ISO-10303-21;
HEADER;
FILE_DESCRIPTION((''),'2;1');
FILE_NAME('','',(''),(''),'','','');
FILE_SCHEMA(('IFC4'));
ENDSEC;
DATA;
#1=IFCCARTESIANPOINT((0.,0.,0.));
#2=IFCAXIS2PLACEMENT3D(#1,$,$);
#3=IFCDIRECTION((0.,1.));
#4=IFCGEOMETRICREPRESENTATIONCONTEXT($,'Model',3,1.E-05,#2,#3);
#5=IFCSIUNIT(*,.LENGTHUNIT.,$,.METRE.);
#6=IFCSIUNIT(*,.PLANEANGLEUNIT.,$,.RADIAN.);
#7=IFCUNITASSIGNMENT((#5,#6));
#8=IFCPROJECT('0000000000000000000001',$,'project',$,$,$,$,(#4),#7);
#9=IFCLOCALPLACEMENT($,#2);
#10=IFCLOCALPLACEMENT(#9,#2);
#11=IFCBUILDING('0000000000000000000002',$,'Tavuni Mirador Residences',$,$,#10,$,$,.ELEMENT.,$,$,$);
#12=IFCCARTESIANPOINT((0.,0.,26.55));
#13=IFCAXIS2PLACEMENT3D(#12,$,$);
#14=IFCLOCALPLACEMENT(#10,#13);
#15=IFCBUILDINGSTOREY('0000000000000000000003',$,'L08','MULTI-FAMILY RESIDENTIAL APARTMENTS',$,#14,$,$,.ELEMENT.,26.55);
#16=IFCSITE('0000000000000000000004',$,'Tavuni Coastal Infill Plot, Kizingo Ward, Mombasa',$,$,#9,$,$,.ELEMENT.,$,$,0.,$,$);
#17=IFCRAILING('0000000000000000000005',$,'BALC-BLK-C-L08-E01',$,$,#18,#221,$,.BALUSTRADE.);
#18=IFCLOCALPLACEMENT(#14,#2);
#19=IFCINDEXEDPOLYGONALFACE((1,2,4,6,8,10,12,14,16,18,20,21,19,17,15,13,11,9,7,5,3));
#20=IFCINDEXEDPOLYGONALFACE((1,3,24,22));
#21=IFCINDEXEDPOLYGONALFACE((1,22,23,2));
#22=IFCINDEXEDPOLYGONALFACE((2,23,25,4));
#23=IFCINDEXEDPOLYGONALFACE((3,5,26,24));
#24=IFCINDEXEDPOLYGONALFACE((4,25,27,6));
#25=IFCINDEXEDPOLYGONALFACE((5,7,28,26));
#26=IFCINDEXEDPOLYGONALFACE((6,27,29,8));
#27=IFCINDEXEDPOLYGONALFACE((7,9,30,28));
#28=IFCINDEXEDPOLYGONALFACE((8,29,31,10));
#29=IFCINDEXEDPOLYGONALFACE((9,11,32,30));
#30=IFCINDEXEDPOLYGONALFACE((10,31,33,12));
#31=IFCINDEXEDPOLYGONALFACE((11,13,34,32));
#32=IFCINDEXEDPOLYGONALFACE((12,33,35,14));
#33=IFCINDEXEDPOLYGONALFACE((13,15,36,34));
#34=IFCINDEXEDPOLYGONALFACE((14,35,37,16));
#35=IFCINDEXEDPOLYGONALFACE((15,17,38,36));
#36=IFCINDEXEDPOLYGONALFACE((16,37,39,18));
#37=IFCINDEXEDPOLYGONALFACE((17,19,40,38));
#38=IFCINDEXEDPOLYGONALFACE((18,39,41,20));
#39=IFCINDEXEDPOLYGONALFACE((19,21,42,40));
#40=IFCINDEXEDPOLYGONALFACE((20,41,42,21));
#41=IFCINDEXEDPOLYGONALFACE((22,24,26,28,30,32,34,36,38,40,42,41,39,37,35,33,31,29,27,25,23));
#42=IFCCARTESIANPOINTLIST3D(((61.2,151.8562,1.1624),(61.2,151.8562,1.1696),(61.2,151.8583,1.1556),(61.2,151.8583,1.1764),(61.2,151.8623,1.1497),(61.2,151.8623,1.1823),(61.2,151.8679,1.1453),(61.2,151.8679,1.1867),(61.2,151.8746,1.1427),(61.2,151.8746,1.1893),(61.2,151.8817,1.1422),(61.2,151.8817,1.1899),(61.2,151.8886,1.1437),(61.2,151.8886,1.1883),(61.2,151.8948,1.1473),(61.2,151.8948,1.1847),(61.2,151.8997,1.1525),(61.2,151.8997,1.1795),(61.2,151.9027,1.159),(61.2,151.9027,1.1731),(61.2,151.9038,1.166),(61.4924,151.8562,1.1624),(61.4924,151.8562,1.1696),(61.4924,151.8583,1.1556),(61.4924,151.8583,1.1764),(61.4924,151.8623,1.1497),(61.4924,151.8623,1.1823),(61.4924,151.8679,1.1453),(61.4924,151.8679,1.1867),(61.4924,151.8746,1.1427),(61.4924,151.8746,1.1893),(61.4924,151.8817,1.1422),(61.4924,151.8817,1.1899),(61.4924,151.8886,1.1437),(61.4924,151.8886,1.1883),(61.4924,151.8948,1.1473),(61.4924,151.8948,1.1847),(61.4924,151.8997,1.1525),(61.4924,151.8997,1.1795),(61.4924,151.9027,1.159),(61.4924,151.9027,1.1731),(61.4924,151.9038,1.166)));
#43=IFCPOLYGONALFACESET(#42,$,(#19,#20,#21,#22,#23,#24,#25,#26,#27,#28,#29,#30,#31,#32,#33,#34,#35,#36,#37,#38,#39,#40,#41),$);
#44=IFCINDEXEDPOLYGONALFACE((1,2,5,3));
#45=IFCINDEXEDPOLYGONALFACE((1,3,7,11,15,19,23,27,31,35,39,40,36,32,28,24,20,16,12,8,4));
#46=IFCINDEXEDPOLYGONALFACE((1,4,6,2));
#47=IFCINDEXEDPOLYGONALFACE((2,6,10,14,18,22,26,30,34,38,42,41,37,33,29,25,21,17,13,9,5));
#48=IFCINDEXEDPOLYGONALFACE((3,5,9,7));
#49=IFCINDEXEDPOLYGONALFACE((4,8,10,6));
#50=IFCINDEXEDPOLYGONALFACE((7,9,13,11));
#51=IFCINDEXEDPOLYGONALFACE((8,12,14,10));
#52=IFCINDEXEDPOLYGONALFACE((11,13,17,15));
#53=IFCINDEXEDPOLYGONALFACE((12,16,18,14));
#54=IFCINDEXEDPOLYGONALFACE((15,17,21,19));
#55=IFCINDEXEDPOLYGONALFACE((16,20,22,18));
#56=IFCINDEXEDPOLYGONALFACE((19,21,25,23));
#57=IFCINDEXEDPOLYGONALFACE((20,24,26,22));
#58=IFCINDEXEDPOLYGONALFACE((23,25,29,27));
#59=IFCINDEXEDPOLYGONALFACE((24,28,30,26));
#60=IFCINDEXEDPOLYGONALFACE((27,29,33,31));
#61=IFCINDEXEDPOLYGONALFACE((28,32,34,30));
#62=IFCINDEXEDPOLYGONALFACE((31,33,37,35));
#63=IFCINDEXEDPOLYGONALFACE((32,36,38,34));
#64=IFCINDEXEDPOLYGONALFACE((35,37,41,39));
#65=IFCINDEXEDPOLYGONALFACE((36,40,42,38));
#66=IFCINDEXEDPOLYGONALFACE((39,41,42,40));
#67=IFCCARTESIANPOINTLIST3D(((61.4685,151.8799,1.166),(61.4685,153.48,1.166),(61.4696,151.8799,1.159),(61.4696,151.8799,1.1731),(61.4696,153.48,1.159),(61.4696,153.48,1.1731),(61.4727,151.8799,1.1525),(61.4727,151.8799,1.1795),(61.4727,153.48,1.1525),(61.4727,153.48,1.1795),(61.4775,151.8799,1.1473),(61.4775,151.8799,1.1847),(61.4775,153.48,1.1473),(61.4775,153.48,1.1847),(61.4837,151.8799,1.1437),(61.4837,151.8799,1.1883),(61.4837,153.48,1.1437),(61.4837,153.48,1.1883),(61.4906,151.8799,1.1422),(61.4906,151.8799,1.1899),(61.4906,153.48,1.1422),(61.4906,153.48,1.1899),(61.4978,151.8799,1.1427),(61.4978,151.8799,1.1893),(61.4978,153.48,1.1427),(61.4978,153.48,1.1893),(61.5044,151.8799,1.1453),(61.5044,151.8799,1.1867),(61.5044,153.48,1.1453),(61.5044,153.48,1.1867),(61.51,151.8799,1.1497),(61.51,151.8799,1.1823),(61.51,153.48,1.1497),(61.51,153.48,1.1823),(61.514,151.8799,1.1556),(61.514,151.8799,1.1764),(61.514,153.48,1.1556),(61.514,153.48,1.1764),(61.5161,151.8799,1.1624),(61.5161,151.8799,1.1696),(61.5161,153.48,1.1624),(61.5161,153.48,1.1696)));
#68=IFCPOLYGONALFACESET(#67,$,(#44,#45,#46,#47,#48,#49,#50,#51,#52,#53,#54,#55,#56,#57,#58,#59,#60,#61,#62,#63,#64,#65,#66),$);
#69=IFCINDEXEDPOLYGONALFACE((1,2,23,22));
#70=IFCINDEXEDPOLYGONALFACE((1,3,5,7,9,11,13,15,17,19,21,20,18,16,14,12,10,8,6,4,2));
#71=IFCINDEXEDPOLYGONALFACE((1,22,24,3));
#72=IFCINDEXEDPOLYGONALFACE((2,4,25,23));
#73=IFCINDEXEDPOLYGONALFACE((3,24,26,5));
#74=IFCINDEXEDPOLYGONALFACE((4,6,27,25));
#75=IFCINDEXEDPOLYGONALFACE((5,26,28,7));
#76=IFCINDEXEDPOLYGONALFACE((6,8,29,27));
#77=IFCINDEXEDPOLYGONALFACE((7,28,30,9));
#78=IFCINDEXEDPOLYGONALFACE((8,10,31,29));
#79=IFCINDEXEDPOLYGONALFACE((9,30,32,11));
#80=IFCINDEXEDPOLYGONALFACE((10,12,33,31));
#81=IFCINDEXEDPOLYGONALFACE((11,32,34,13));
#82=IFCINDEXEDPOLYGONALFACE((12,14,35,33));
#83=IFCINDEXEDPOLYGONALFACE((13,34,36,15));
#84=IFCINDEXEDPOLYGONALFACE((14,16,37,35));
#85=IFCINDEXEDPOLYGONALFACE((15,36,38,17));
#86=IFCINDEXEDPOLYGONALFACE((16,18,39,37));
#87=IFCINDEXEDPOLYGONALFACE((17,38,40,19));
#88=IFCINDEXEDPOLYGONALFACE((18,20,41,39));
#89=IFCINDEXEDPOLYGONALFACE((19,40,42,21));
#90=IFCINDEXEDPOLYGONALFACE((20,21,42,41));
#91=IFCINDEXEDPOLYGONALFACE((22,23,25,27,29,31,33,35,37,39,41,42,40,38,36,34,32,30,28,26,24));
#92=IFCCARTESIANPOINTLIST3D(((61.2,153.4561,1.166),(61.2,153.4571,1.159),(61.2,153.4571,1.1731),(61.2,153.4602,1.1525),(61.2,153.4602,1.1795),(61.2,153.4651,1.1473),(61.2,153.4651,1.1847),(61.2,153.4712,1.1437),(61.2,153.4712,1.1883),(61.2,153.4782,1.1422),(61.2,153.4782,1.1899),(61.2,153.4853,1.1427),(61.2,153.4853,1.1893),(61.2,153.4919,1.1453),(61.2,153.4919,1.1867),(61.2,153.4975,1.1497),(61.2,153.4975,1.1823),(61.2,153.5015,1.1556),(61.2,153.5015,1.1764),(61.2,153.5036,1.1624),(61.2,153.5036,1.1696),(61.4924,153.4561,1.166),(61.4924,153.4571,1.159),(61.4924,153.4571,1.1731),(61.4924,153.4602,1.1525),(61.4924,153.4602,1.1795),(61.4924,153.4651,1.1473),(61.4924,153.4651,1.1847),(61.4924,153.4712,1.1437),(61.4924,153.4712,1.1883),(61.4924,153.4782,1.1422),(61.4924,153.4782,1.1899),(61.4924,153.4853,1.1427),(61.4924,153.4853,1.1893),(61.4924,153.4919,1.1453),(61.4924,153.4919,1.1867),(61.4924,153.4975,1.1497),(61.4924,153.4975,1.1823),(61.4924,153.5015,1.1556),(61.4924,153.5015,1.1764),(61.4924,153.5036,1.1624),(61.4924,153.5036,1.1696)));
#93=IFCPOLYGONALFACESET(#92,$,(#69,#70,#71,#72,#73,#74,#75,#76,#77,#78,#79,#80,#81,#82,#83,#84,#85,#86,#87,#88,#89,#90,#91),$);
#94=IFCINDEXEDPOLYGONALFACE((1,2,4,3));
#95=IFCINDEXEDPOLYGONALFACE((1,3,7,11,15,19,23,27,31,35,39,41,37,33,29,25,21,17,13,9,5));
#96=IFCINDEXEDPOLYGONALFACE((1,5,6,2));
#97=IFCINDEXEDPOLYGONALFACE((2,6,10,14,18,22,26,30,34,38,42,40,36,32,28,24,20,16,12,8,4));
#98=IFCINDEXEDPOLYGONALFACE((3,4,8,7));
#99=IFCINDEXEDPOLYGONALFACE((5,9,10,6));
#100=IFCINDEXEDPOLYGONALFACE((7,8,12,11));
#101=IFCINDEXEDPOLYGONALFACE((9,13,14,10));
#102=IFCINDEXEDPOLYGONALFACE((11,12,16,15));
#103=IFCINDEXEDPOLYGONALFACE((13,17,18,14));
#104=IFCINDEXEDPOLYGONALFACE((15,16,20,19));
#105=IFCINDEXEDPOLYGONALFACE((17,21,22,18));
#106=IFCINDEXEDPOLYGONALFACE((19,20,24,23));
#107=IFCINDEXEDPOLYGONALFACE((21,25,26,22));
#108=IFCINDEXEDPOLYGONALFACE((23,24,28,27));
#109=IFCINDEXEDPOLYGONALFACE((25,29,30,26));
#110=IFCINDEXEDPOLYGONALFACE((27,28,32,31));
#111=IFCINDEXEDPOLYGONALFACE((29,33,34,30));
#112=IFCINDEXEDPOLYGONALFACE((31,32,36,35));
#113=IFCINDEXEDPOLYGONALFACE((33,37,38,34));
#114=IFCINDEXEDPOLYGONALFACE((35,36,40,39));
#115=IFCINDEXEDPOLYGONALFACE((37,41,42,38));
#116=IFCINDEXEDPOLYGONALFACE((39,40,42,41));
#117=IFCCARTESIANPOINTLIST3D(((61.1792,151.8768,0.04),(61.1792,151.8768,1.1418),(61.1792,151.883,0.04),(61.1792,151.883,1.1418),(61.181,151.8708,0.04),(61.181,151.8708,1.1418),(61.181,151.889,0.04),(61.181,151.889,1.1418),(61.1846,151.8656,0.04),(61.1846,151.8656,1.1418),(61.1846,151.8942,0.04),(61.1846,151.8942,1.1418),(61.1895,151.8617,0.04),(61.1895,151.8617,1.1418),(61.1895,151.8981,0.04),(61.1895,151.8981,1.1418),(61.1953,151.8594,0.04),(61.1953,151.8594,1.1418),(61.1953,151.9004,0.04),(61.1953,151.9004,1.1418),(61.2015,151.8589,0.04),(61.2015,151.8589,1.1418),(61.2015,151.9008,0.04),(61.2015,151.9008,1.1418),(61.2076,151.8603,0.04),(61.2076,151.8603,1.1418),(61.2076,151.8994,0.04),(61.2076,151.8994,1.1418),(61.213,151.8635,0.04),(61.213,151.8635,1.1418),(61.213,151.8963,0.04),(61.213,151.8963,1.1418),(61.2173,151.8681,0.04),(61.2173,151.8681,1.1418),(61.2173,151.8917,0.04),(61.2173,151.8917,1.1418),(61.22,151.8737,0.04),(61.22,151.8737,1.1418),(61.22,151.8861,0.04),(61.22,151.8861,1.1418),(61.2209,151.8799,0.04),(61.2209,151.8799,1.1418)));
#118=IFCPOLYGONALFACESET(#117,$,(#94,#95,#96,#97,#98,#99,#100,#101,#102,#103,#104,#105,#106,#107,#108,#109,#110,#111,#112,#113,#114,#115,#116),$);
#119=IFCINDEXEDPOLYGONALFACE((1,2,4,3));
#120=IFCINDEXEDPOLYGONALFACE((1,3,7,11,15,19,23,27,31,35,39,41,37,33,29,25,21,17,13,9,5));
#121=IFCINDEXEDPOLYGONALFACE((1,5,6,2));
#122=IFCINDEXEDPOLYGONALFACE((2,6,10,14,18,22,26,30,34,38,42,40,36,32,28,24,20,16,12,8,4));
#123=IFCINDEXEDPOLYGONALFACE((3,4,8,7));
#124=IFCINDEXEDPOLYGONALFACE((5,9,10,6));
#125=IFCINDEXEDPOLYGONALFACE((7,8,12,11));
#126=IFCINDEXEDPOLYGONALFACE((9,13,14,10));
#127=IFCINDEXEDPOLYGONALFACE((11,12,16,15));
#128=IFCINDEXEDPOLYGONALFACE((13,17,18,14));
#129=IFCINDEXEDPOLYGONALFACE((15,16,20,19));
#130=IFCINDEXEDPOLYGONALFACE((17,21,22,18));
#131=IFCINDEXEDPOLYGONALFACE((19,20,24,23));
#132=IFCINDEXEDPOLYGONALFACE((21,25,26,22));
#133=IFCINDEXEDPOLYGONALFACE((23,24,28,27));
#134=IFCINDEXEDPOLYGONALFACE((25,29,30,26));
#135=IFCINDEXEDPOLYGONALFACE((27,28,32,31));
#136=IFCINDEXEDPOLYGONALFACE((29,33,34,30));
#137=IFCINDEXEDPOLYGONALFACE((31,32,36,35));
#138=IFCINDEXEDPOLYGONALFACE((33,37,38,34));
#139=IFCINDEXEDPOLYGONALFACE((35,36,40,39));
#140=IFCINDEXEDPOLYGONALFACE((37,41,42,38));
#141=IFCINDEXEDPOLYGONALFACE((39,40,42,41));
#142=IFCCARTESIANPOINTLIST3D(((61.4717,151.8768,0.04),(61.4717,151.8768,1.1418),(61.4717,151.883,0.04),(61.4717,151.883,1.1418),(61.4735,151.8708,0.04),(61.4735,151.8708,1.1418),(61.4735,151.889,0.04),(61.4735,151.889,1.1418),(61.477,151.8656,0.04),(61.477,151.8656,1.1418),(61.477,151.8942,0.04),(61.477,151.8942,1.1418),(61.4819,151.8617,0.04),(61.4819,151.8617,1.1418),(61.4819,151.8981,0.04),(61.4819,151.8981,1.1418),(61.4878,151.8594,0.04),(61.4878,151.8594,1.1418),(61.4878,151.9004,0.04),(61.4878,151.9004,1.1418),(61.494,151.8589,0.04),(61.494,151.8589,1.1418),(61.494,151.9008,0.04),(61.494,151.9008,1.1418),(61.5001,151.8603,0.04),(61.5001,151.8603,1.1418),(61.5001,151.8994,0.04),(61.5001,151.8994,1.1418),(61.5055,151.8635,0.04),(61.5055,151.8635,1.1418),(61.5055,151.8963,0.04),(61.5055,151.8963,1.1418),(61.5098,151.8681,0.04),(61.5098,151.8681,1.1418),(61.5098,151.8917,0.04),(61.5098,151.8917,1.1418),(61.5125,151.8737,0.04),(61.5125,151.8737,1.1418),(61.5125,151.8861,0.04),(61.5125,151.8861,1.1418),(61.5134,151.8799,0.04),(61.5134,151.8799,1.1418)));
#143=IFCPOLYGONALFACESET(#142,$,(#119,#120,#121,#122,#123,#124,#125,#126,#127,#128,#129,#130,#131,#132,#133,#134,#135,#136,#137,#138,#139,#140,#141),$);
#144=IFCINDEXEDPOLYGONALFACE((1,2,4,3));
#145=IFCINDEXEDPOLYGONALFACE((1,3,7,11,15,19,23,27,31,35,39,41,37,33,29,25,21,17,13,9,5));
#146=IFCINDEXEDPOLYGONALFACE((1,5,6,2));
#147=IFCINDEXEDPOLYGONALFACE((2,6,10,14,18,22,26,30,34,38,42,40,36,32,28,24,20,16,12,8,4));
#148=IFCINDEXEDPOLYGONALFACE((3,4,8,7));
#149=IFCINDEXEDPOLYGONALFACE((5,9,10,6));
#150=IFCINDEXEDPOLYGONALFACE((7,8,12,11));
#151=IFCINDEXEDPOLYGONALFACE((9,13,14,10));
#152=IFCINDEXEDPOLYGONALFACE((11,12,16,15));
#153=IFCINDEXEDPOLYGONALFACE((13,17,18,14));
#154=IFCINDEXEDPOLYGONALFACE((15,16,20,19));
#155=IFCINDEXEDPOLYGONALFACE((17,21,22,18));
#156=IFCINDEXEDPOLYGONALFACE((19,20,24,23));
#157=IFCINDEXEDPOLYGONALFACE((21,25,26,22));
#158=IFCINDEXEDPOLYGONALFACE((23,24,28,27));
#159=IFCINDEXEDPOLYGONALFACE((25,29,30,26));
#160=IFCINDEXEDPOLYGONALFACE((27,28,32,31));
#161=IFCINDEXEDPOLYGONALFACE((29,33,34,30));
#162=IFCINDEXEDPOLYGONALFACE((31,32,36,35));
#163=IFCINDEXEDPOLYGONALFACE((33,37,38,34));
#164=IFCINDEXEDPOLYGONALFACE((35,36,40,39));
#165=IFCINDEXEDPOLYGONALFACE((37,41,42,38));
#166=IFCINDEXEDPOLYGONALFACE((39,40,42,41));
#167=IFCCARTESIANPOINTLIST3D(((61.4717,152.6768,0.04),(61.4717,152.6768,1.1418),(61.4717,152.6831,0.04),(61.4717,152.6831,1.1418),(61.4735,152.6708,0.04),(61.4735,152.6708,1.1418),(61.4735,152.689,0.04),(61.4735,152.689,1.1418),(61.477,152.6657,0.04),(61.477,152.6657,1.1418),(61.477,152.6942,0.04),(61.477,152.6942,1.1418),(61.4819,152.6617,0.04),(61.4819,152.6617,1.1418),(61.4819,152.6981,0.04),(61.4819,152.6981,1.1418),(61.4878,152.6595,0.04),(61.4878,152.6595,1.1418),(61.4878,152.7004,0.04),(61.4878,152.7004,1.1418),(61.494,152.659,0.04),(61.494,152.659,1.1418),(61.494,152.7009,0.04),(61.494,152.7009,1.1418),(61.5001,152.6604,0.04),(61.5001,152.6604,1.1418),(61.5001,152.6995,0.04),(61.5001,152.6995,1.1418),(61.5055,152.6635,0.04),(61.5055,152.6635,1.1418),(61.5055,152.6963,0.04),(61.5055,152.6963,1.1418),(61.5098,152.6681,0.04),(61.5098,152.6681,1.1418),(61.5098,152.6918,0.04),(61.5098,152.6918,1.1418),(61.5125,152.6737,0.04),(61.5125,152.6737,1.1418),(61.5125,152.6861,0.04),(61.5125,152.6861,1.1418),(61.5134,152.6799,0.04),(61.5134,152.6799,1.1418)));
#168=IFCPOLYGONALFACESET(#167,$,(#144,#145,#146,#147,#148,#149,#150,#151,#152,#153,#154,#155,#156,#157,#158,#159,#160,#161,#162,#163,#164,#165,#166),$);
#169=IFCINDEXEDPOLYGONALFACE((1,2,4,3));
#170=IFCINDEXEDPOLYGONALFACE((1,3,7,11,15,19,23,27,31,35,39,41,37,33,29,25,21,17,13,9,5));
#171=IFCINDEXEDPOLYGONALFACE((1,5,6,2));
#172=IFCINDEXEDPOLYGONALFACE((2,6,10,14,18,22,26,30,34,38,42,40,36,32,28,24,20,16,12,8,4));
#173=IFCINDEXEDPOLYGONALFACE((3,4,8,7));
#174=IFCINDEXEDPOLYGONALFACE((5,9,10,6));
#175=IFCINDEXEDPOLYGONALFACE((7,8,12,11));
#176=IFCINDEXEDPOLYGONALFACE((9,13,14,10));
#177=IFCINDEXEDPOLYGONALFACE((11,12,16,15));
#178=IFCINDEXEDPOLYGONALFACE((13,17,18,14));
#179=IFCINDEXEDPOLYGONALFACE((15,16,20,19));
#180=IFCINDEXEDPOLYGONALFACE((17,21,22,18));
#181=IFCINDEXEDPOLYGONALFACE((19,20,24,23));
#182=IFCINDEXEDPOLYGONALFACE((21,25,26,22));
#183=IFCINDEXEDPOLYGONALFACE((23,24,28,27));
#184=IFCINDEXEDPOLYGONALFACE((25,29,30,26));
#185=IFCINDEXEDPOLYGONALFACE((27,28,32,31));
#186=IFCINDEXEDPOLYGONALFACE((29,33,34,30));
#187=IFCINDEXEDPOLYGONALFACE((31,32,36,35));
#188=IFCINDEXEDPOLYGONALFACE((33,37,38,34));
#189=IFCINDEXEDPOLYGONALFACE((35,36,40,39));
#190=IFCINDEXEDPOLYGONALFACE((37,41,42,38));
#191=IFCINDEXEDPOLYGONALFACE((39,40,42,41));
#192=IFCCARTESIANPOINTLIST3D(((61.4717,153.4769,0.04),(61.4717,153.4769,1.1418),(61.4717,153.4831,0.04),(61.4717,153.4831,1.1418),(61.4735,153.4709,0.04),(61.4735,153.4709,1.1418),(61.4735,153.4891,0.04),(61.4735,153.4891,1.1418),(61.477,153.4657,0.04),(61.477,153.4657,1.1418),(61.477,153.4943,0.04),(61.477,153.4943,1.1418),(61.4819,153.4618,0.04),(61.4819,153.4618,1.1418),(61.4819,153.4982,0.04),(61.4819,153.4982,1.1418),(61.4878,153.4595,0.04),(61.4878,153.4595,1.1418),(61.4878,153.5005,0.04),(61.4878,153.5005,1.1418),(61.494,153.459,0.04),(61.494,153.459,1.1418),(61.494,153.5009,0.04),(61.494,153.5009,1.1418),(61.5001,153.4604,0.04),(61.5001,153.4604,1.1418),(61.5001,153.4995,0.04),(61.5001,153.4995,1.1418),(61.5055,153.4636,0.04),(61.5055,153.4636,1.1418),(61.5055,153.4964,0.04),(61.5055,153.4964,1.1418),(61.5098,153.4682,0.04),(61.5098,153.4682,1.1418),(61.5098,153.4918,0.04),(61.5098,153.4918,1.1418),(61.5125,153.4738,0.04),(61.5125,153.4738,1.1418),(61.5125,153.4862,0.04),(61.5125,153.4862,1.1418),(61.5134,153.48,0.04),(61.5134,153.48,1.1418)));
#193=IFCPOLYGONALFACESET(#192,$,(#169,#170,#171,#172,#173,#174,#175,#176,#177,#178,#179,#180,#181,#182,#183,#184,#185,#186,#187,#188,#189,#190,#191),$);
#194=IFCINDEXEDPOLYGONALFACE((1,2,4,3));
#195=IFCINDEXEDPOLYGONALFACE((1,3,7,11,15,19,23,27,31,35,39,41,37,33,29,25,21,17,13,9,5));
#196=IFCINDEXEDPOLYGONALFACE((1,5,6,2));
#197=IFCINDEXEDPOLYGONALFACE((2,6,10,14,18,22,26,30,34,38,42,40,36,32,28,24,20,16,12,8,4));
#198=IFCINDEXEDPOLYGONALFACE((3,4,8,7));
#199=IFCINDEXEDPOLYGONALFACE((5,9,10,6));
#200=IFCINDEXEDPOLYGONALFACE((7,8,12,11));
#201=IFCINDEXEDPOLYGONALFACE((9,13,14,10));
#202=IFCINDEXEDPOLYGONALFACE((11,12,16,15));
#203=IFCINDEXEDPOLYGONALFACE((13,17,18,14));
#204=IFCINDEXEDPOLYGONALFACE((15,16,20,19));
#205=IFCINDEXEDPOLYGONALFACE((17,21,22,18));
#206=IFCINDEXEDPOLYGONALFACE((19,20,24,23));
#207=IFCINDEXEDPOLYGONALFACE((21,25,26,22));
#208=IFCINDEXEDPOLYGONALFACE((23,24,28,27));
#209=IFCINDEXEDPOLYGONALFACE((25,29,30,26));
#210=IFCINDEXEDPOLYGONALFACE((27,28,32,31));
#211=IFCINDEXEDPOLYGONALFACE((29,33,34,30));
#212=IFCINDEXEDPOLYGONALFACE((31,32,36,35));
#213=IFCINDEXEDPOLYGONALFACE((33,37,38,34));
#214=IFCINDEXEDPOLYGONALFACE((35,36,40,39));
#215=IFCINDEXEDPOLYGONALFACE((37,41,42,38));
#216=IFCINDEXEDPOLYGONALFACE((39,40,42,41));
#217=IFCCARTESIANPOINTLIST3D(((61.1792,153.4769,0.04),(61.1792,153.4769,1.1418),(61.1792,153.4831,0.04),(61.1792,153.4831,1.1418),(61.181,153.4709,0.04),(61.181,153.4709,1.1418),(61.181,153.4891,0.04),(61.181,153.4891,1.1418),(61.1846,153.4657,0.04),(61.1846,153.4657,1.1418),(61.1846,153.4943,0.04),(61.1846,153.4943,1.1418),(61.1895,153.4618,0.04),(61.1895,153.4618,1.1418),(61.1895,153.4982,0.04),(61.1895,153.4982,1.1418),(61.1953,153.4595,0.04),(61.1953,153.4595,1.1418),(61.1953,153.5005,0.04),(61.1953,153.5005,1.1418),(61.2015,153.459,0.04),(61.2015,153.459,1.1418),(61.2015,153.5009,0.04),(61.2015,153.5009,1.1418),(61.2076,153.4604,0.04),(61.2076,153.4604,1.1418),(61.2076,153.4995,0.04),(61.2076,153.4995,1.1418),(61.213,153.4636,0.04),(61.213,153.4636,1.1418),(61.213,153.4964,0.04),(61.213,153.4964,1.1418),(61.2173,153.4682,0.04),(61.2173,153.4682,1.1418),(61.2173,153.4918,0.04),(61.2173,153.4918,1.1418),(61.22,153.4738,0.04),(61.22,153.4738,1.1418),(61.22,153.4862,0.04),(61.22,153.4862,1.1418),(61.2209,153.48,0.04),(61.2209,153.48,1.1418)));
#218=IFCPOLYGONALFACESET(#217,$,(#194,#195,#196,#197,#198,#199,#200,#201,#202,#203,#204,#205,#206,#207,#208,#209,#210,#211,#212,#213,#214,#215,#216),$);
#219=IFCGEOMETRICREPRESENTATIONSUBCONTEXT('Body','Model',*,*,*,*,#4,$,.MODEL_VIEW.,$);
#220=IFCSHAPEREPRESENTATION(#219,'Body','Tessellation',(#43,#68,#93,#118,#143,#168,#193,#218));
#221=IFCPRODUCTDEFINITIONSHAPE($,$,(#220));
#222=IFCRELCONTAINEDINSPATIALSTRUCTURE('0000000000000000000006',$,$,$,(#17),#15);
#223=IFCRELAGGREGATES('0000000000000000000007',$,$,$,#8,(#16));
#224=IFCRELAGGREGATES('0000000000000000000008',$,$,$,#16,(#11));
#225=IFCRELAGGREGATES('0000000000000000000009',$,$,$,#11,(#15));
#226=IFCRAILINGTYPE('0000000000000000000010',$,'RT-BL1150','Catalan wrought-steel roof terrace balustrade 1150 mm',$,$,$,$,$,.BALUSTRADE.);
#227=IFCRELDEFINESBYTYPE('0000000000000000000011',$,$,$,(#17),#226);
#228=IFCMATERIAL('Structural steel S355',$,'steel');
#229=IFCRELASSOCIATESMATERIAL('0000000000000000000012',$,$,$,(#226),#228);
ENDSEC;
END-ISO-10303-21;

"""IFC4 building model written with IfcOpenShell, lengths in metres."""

from ifc_helpers import new_model, si_unit, direction, frame, origin, origin_2d, place, context, subcontext, project, spatial, circle, extrude, material, type_object, element, save


model = new_model("IFC4")

# Units and contexts
model_context = context("Model", 3, precision=1e-05, world=origin(), true_north=direction((0.0, 1.0)))
body_context = subcontext(model_context, "Body", "Model", "MODEL_VIEW")
ifc_project = project(units=[si_unit("LENGTHUNIT", "METRE"), si_unit("PLANEANGLEUNIT", "RADIAN")], contexts=[model_context])

# Site, building, storey
site_placement = place(None, origin())
site = spatial("IfcSite", under=ifc_project, at=site_placement, Name="Tavuni Coastal Infill Plot, Kizingo Ward, Mombasa", CompositionType="ELEMENT", RefElevation=0.0)
building_placement = place(site_placement, origin())
building = spatial("IfcBuilding", under=site, at=building_placement, Name="Tavuni Mirador Residences", CompositionType="ELEMENT")
storey_placement = place(building_placement, frame((0.0, 0.0, 26.55)))
storey = spatial("IfcBuildingStorey", under=building, at=storey_placement, Name="L08", Description="MULTI-FAMILY RESIDENTIAL APARTMENTS", CompositionType="ELEMENT", Elevation=26.55)

# Railing
ifc_material_1 = material(Name="Structural steel S355", Category="steel")
railing_type = type_object("IfcRailingType", Name="RT-BL1150", Description="Catalan wrought-steel roof terrace balustrade 1150 mm", PredefinedType="BALUSTRADE", material=ifc_material_1)
railing_1_placement = place(storey_placement, frame((61.2, 151.8799, 0.04)))
element("IfcRailing", 1, at=railing_1_placement, inside=storey, type_object=railing_type, Name="BALC-BLK-C-L08-E01", PredefinedType="BALUSTRADE", context=body_context, shape_type="SweptSolid", body=[
    extrude(circle(Radius=0.0239, at=origin_2d()), frame((0.0, 0.0, 1.126), z_axis=(1.0, 0.0, 0.0), x_axis=(0.0, 1.0, 0.0)), (0.0, 0.0, 1.0), 0.2925),
    extrude(circle(Radius=0.0239, at=origin_2d()), frame((0.2925, 0.0, 1.126), z_axis=(0.0, 1.0, 0.0), x_axis=(-1.0, 0.0, 0.0)), (0.0, 0.0, 1.0), 1.6001),
    extrude(circle(Radius=0.0239, at=origin_2d()), frame((0.2925, 1.6001, 1.126), z_axis=(-1.0, 0.0, 0.0), x_axis=(0.0, -1.0, 0.0)), (0.0, 0.0, 1.0), 0.2925),
    extrude(circle(Radius=0.021, at=origin_2d()), origin(), (0.0, 0.0, 1.0), 1.1018),
    extrude(circle(Radius=0.021, at=origin_2d()), frame((0.2925, 0.0, 0.0)), (0.0, 0.0, 1.0), 1.1018),
    extrude(circle(Radius=0.021, at=origin_2d()), frame((0.2925, 0.8, 0.0)), (0.0, 0.0, 1.0), 1.1018),
    extrude(circle(Radius=0.021, at=origin_2d()), frame((0.2925, 1.6001, 0.0)), (0.0, 0.0, 1.0), 1.1018),
    extrude(circle(Radius=0.021, at=origin_2d()), frame((0.0, 1.6001, 0.0)), (0.0, 0.0, 1.0), 1.1018),
])

save(model, "model.ifc")
